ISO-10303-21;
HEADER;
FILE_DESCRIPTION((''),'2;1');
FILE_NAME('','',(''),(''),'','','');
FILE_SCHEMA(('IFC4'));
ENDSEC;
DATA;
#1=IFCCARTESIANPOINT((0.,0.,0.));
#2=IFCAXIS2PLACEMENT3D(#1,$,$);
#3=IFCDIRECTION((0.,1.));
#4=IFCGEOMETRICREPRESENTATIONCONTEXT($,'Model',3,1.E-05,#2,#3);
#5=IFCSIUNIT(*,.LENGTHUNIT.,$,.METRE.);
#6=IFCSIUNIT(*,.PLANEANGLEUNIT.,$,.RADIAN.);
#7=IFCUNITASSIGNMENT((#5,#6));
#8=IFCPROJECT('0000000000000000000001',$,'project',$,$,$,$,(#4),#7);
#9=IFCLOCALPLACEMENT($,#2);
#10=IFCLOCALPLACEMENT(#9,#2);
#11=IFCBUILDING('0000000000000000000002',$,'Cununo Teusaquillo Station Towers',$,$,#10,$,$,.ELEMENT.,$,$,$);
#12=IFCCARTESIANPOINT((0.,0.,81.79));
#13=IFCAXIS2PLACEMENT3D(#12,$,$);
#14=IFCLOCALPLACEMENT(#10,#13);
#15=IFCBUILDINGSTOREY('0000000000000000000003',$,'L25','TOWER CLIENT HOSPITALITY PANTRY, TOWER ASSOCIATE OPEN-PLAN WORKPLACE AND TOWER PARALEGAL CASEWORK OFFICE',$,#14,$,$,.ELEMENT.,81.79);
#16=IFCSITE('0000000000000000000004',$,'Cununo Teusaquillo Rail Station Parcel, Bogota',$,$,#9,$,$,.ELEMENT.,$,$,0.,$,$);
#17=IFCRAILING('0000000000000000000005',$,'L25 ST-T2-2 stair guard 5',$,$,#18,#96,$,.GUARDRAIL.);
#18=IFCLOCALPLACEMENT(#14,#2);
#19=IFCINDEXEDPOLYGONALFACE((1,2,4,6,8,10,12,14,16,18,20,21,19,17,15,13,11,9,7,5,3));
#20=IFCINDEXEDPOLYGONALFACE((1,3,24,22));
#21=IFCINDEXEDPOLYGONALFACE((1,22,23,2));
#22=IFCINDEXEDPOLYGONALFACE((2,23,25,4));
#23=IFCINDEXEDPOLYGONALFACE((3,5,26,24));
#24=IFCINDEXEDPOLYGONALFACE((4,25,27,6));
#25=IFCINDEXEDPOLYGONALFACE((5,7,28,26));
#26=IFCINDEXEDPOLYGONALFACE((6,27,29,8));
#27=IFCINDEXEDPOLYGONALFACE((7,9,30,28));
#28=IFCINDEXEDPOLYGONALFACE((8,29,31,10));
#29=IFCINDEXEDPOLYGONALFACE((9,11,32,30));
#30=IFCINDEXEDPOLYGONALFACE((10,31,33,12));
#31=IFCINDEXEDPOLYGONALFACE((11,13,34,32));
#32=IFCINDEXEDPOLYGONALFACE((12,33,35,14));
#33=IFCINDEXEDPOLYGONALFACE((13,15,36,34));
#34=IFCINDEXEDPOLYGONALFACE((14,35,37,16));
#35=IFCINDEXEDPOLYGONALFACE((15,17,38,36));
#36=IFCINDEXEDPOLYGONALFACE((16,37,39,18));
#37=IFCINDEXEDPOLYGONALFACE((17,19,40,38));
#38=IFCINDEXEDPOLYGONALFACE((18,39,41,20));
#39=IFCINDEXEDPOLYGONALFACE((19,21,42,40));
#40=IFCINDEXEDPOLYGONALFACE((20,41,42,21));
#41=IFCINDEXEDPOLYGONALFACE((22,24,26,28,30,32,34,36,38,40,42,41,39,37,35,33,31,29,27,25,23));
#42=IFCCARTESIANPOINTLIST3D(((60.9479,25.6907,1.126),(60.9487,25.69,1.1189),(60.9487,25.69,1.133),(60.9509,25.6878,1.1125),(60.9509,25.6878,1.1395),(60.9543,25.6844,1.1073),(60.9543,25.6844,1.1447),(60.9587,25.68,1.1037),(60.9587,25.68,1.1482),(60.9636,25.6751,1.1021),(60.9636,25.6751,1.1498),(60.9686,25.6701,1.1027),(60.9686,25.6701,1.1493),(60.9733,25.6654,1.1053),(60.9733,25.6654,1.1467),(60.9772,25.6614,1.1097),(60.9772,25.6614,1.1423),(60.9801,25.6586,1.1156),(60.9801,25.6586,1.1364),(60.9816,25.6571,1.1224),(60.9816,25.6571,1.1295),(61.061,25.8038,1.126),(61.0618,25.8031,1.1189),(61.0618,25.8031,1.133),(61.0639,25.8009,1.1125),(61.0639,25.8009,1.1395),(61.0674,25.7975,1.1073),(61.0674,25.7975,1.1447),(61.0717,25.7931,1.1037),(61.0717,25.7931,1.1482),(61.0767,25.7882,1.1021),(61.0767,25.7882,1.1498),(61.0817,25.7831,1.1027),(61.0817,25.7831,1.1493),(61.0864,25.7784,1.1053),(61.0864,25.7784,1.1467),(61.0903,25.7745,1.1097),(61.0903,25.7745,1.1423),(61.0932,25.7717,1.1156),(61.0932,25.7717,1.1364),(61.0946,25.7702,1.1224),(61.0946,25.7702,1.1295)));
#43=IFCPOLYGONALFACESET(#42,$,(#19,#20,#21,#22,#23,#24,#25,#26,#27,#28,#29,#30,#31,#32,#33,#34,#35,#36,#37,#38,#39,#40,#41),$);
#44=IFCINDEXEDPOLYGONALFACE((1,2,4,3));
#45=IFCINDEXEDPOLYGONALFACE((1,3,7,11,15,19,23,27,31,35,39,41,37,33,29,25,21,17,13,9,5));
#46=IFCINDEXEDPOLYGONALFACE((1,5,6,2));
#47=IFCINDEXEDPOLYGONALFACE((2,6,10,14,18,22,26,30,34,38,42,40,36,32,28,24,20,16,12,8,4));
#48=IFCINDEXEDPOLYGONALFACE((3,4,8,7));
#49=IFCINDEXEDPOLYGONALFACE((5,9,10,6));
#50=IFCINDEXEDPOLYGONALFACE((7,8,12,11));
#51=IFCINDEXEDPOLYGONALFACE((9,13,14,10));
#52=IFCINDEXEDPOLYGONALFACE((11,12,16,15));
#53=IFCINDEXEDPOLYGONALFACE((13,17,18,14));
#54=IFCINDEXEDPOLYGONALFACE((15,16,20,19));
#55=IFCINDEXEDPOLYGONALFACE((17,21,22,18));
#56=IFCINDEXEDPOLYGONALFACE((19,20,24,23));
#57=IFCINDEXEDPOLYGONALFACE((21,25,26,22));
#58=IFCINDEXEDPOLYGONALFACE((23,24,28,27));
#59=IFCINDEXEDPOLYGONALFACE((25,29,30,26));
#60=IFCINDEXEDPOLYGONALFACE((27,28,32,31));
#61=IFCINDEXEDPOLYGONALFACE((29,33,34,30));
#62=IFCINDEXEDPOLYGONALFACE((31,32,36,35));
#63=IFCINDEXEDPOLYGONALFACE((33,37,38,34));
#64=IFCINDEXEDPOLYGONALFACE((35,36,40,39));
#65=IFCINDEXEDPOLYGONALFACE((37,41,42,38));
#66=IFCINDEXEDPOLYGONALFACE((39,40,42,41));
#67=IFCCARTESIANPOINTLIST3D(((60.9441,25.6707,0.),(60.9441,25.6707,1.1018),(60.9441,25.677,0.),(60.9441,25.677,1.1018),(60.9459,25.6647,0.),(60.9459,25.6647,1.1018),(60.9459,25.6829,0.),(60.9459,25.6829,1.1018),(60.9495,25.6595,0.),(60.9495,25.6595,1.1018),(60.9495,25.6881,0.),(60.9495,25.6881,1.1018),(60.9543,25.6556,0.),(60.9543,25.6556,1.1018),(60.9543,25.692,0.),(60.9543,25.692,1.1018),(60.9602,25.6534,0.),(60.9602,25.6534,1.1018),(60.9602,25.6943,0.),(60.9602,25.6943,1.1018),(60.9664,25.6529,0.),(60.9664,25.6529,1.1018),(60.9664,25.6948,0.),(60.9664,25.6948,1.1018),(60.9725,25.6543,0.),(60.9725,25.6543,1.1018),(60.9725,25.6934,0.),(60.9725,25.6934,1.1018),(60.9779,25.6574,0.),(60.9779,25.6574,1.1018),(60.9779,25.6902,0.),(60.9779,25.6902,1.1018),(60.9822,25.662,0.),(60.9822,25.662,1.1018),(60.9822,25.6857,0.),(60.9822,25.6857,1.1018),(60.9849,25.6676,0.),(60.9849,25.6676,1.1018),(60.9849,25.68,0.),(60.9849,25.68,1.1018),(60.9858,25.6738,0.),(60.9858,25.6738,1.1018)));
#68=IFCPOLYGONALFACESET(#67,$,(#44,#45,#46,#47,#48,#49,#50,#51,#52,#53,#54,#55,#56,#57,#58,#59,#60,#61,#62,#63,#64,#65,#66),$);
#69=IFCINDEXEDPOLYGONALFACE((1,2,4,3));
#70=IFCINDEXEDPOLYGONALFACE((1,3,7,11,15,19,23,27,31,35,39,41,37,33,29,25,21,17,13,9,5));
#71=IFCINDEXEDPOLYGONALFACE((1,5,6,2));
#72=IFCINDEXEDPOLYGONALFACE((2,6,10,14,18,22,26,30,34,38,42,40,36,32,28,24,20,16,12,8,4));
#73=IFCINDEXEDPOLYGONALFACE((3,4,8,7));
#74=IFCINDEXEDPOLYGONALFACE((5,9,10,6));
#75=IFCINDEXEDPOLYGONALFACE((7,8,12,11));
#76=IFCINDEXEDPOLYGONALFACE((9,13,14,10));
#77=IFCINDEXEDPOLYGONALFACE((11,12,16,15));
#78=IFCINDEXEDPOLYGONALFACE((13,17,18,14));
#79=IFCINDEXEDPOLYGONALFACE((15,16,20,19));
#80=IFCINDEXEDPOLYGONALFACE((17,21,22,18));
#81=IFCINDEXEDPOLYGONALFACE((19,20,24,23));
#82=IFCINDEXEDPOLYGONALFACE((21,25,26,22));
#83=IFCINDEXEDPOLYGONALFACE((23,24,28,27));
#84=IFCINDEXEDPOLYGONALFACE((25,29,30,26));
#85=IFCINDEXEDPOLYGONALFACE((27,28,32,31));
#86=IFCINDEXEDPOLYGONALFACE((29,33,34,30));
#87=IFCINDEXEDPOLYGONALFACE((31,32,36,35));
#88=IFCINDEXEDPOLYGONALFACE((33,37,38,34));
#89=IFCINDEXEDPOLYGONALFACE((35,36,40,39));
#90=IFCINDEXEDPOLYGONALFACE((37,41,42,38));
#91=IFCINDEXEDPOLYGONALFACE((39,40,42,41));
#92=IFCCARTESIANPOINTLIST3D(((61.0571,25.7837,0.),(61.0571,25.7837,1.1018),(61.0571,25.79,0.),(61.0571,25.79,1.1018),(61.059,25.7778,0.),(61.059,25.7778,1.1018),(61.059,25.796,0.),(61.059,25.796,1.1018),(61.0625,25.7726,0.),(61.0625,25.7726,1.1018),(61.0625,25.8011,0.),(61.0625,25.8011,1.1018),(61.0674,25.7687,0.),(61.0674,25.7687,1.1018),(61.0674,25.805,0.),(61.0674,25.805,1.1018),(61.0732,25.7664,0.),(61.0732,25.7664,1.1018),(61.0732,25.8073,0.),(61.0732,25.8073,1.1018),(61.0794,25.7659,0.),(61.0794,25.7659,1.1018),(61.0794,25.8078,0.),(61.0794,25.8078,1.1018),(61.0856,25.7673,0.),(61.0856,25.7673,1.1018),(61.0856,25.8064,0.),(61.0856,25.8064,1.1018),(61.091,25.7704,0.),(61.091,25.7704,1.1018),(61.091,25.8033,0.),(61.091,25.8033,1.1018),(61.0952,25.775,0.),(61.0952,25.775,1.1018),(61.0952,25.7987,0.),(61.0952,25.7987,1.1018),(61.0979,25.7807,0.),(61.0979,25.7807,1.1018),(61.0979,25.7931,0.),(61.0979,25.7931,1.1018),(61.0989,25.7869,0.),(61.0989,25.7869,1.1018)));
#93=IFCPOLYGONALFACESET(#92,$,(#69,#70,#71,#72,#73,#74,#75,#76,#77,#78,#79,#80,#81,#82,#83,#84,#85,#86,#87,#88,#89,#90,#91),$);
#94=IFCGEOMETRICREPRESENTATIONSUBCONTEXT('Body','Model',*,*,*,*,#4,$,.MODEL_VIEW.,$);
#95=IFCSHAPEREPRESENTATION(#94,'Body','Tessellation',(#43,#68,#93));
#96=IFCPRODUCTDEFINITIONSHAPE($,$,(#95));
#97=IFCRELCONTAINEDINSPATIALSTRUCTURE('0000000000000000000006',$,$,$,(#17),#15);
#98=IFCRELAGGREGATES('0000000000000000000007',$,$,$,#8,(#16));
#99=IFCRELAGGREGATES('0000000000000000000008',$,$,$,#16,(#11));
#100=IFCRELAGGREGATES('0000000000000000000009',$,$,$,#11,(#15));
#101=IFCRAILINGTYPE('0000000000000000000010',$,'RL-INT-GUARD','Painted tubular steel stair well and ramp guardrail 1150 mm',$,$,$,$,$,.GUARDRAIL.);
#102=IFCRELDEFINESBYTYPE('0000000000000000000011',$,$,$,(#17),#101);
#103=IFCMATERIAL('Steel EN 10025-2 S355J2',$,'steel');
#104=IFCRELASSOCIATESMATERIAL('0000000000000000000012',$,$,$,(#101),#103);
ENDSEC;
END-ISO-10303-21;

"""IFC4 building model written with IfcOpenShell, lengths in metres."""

from ifc_helpers import new_model, si_unit, direction, frame, origin, origin_2d, place, context, subcontext, project, spatial, circle, extrude, material, type_object, element, save


model = new_model("IFC4")

# Units and contexts
model_context = context("Model", 3, precision=1e-05, world=origin(), true_north=direction((0.0, 1.0)))
body_context = subcontext(model_context, "Body", "Model", "MODEL_VIEW")
ifc_project = project(units=[si_unit("LENGTHUNIT", "METRE"), si_unit("PLANEANGLEUNIT", "RADIAN")], contexts=[model_context])

# Site, building, storey
site_placement = place(None, origin())
site = spatial("IfcSite", under=ifc_project, at=site_placement, Name="Cununo Teusaquillo Rail Station Parcel, Bogota", CompositionType="ELEMENT", RefElevation=0.0)
building_placement = place(site_placement, origin())
building = spatial("IfcBuilding", under=site, at=building_placement, Name="Cununo Teusaquillo Station Towers", CompositionType="ELEMENT")
storey_placement = place(building_placement, frame((0.0, 0.0, 81.79)))
storey = spatial("IfcBuildingStorey", under=building, at=storey_placement, Name="L25", Description="TOWER CLIENT HOSPITALITY PANTRY, TOWER ASSOCIATE OPEN-PLAN WORKPLACE AND TOWER PARALEGAL CASEWORK OFFICE", CompositionType="ELEMENT", Elevation=81.79)

# Railing
ifc_material_1 = material(Name="Steel EN 10025-2 S355J2", Category="steel")
railing_type_1 = type_object("IfcRailingType", Name="RL-INT-GUARD", Description="Painted tubular steel stair well and ramp guardrail 1150 mm", PredefinedType="GUARDRAIL", material=ifc_material_1)
railing_1_placement = place(storey_placement, frame((60.9648, 25.6738, 0.0)))
element("IfcRailing", 1, at=railing_1_placement, inside=storey, type_object=railing_type_1, Name="L25 ST-T2-2 stair guard 5", PredefinedType="GUARDRAIL", context=body_context, shape_type="SweptSolid", body=[
    extrude(circle(Radius=0.0239, at=origin_2d()), frame((0.0, 0.0, 1.126), z_axis=(0.707107, 0.707107, 0.0), x_axis=(-0.707107, 0.707107, 0.0)), (0.0, 0.0, 1.0), 0.1599),
    extrude(circle(Radius=0.021, at=origin_2d()), origin(), (0.0, 0.0, 1.0), 1.1018),
    extrude(circle(Radius=0.021, at=origin_2d()), frame((0.113, 0.113, 0.0)), (0.0, 0.0, 1.0), 1.1018),
])

save(model, "model.ifc")
